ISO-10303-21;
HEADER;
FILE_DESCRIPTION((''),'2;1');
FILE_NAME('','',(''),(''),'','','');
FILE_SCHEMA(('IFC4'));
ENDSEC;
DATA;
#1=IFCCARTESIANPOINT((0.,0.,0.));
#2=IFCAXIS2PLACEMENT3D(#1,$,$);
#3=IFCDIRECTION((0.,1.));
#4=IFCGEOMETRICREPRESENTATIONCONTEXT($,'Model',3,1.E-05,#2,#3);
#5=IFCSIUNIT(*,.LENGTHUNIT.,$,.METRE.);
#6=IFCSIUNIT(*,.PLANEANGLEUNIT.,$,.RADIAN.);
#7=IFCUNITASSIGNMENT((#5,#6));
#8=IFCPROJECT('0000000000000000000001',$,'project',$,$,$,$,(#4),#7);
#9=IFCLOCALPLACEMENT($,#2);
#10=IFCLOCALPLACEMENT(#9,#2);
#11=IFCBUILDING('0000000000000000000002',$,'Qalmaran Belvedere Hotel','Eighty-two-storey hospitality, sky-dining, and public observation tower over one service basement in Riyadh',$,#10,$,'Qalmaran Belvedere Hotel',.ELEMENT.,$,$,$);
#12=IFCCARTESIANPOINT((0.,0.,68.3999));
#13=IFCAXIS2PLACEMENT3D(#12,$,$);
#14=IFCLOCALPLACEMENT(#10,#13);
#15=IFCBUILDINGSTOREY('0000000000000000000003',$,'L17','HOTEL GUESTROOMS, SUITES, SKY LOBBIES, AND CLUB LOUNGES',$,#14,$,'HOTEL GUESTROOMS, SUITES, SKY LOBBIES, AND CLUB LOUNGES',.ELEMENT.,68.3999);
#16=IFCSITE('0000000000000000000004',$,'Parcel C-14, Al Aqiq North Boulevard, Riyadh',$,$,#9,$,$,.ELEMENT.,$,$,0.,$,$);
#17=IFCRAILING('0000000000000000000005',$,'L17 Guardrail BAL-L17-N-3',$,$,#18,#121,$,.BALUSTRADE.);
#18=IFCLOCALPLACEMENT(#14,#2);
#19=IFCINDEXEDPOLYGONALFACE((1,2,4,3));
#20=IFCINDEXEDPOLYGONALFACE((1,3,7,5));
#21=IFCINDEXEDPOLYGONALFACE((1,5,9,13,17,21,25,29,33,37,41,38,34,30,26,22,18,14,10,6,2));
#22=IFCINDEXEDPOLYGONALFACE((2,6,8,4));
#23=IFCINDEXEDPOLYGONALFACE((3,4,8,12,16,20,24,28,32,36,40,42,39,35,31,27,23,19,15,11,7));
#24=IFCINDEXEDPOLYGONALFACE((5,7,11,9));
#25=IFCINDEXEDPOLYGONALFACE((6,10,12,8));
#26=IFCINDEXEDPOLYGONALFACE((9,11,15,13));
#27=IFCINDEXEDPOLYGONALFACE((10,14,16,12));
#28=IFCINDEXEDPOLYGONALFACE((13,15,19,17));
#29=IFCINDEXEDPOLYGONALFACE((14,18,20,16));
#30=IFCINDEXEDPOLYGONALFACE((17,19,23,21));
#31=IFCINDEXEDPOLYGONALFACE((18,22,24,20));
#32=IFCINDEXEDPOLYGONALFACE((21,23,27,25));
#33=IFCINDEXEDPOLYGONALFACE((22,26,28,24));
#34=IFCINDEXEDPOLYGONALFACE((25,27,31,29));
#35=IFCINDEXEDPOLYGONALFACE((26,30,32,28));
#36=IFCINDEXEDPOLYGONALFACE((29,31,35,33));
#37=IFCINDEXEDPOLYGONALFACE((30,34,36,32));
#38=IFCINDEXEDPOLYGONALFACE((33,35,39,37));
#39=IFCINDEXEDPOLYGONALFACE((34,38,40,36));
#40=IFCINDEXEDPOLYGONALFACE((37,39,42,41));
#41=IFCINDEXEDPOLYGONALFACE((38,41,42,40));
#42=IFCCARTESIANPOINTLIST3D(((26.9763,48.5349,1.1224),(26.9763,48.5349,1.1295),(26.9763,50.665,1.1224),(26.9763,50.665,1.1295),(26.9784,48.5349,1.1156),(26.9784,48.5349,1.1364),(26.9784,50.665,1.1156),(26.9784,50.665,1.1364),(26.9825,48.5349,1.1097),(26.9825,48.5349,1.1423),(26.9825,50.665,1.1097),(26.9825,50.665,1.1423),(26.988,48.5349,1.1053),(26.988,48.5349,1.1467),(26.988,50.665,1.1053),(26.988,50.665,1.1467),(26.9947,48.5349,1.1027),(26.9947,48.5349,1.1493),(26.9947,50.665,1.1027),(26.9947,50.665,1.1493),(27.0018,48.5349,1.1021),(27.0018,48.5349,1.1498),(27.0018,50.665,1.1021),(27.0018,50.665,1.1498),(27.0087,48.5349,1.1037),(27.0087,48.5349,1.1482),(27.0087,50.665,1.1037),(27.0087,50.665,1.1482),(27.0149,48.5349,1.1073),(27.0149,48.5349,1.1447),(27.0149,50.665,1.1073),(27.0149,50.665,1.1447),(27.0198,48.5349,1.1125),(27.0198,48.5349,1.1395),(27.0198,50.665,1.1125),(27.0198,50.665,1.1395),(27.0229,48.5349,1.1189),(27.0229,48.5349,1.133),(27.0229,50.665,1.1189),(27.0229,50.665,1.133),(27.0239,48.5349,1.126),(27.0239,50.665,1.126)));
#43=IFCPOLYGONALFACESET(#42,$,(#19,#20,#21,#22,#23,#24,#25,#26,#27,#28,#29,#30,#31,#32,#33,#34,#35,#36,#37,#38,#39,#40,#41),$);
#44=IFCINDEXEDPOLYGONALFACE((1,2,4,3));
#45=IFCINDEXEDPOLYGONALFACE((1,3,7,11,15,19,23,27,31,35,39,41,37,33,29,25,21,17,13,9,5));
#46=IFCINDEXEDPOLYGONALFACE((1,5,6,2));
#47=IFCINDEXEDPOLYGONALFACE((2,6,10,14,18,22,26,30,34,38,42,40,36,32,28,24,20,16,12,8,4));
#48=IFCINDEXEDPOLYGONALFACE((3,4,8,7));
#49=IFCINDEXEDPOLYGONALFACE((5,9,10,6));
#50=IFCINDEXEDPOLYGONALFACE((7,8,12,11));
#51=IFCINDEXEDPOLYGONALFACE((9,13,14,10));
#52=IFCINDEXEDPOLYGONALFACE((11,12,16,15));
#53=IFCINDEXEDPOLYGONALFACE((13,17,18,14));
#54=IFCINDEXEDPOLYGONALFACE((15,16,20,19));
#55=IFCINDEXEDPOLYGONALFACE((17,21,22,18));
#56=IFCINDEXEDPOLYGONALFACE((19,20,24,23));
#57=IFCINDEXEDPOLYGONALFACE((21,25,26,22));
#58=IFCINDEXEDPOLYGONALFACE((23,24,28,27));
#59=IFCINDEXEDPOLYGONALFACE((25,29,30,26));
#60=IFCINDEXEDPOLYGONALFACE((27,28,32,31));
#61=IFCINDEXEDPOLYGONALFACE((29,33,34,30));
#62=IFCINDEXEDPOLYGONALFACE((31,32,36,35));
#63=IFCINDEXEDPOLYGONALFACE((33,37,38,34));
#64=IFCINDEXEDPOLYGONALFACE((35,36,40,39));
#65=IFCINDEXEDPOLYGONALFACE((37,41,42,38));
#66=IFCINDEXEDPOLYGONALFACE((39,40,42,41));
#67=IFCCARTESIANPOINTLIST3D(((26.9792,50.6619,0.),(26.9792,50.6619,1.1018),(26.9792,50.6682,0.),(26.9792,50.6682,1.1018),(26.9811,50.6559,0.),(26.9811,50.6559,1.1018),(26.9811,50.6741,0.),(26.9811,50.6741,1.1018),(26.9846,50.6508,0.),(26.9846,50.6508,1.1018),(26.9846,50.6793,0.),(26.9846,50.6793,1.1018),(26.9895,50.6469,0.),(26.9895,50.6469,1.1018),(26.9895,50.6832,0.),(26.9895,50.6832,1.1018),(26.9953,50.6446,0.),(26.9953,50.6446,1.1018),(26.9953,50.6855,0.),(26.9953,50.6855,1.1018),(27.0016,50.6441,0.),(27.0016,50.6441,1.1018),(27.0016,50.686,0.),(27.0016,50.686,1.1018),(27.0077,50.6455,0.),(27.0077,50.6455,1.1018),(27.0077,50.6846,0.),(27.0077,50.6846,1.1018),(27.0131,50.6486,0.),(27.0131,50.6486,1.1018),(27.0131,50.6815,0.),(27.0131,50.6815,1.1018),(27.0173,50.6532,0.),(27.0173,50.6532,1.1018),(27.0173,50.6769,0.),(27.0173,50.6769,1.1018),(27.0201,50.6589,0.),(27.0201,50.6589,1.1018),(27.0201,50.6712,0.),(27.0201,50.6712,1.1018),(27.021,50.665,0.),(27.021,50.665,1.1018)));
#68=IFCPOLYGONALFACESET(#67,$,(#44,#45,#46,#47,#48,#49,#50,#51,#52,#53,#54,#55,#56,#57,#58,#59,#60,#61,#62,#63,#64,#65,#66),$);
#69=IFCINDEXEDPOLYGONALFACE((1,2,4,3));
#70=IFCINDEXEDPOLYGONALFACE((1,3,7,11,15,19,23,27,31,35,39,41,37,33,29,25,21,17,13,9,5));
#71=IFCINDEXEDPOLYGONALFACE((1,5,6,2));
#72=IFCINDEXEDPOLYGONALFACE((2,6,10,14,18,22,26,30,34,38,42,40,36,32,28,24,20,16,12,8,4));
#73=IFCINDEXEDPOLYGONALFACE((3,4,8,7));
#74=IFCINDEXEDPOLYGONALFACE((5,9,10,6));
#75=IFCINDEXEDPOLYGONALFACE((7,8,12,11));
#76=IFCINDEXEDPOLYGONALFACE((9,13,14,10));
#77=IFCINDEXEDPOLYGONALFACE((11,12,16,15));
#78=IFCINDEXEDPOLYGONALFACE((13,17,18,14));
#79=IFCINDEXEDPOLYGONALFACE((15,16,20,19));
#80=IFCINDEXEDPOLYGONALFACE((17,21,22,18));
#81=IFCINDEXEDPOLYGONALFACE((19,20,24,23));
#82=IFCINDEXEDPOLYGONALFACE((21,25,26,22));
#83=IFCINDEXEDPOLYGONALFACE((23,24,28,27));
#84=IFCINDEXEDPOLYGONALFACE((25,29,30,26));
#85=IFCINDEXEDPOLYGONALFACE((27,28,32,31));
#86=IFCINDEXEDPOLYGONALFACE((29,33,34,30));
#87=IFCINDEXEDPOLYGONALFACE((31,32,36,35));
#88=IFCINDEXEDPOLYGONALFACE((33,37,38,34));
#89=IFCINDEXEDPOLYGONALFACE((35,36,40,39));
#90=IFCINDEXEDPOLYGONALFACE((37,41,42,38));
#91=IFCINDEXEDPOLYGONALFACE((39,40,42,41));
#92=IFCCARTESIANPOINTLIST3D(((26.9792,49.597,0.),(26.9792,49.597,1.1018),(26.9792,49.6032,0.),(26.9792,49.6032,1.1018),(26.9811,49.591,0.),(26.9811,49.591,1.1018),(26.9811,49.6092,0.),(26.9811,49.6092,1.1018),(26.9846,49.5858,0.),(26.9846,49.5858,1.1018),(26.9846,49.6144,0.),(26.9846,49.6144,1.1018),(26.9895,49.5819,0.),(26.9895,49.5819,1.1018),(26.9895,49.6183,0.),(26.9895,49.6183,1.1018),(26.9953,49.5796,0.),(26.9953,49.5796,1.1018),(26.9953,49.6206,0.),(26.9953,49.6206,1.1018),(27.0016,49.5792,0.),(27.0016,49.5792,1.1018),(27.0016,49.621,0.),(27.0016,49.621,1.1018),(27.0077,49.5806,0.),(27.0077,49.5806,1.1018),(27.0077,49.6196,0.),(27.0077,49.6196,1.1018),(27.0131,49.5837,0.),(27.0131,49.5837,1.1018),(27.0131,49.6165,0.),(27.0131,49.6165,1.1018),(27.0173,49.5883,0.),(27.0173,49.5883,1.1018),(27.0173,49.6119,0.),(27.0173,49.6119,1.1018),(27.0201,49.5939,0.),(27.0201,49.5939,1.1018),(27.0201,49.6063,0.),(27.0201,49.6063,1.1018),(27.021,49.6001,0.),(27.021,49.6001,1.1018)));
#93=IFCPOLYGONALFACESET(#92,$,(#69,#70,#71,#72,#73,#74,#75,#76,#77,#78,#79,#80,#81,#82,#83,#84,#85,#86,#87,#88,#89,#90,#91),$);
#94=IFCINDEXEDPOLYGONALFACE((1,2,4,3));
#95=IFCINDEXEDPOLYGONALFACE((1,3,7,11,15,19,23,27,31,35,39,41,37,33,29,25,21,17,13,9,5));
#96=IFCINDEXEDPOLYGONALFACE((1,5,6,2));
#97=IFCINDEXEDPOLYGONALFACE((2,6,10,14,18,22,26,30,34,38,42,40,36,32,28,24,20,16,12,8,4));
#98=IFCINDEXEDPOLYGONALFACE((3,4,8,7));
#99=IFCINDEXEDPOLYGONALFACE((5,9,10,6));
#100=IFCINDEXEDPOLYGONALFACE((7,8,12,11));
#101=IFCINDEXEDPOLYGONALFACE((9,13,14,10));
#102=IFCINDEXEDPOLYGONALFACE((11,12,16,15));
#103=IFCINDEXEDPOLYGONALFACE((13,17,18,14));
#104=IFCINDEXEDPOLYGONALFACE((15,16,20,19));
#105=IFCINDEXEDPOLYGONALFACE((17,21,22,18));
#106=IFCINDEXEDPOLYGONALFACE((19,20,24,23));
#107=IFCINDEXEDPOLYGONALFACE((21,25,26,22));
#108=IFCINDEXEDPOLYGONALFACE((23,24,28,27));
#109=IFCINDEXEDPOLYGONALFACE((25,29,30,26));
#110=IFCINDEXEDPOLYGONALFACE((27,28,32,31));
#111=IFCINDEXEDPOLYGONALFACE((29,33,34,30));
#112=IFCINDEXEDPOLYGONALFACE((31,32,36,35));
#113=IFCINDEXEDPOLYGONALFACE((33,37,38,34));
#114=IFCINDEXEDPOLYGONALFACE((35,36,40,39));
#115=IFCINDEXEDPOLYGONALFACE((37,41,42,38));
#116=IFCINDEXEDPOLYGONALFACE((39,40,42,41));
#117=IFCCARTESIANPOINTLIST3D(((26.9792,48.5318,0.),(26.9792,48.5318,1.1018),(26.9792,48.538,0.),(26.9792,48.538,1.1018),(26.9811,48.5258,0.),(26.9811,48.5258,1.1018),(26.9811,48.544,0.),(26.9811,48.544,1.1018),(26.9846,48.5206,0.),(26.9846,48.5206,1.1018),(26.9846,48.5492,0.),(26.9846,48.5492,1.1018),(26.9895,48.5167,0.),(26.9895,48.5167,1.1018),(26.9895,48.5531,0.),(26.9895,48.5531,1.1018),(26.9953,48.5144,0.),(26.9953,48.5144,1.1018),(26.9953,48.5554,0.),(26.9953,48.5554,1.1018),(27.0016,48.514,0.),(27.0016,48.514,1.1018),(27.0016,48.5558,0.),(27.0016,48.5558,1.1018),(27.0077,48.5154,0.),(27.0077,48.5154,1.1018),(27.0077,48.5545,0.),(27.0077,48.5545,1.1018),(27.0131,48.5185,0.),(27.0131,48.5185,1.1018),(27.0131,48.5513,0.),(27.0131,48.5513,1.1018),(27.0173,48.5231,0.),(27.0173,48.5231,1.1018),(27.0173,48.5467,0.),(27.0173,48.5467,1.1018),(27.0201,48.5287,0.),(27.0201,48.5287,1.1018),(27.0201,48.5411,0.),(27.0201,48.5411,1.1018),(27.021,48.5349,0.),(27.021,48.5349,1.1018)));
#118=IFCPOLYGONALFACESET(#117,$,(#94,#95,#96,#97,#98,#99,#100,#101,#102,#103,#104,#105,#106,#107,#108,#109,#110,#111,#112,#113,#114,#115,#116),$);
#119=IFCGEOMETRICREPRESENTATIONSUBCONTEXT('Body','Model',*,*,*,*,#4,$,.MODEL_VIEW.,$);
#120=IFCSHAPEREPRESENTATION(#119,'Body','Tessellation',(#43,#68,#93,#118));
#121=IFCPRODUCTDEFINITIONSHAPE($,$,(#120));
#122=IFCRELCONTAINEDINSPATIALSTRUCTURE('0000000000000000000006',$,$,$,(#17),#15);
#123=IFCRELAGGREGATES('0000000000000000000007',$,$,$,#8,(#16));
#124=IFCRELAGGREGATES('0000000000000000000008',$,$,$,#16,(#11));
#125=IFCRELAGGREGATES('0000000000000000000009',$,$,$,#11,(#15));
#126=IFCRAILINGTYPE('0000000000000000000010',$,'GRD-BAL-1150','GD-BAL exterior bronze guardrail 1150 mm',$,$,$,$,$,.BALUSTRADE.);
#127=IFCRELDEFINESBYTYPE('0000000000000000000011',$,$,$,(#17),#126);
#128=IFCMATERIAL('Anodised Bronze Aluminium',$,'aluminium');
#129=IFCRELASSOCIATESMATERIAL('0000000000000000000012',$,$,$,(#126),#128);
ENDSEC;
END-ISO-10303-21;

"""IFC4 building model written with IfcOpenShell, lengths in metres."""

from ifc_helpers import new_model, si_unit, direction, frame, origin, origin_2d, place, context, subcontext, project, spatial, circle, extrude, material, type_object, element, save


model = new_model("IFC4")

# Units and contexts
model_context = context("Model", 3, precision=1e-05, world=origin(), true_north=direction((0.0, 1.0)))
body_context = subcontext(model_context, "Body", "Model", "MODEL_VIEW")
ifc_project = project(units=[si_unit("LENGTHUNIT", "METRE"), si_unit("PLANEANGLEUNIT", "RADIAN")], contexts=[model_context])

# Site, building, storey
site_placement = place(None, origin())
site = spatial("IfcSite", under=ifc_project, at=site_placement, Name="Parcel C-14, Al Aqiq North Boulevard, Riyadh", CompositionType="ELEMENT", RefElevation=0.0)
building_placement = place(site_placement, origin())
building = spatial("IfcBuilding", under=site, at=building_placement, Name="Qalmaran Belvedere Hotel", Description="Eighty-two-storey hospitality, sky-dining, and public observation tower over one service basement in Riyadh", LongName="Qalmaran Belvedere Hotel", CompositionType="ELEMENT")
storey_placement = place(building_placement, frame((0.0, 0.0, 68.3999)))
storey = spatial("IfcBuildingStorey", under=building, at=storey_placement, Name="L17", Description="HOTEL GUESTROOMS, SUITES, SKY LOBBIES, AND CLUB LOUNGES", LongName="HOTEL GUESTROOMS, SUITES, SKY LOBBIES, AND CLUB LOUNGES", CompositionType="ELEMENT", Elevation=68.3999)

# Shared definitions
ifc_material_1 = material(Name="Anodised Bronze Aluminium", Category="aluminium")

# Railing
railing_type = type_object("IfcRailingType", Name="GRD-BAL-1150", Description="GD-BAL exterior bronze guardrail 1150 mm", PredefinedType="BALUSTRADE", material=ifc_material_1)
railing_1_placement = place(storey_placement, frame((27.0, 50.665, 0.0)))
element("IfcRailing", 1, at=railing_1_placement, inside=storey, type_object=railing_type, Name="L17 Guardrail BAL-L17-N-3", PredefinedType="BALUSTRADE", context=body_context, shape_type="SweptSolid", body=[
    extrude(circle(Radius=0.0239, at=origin_2d()), frame((0.0, 0.0, 1.126), z_axis=(0.0, -1.0, 0.0), x_axis=(1.0, 0.0, 0.0)), (0.0, 0.0, 1.0), 2.1301),
    extrude(circle(Radius=0.021, at=origin_2d()), origin(), (0.0, 0.0, 1.0), 1.1018),
    extrude(circle(Radius=0.021, at=origin_2d()), frame((0.0, -1.0649, 0.0)), (0.0, 0.0, 1.0), 1.1018),
    extrude(circle(Radius=0.021, at=origin_2d()), frame((0.0, -2.1301, 0.0)), (0.0, 0.0, 1.0), 1.1018),
])

save(model, "model.ifc")
